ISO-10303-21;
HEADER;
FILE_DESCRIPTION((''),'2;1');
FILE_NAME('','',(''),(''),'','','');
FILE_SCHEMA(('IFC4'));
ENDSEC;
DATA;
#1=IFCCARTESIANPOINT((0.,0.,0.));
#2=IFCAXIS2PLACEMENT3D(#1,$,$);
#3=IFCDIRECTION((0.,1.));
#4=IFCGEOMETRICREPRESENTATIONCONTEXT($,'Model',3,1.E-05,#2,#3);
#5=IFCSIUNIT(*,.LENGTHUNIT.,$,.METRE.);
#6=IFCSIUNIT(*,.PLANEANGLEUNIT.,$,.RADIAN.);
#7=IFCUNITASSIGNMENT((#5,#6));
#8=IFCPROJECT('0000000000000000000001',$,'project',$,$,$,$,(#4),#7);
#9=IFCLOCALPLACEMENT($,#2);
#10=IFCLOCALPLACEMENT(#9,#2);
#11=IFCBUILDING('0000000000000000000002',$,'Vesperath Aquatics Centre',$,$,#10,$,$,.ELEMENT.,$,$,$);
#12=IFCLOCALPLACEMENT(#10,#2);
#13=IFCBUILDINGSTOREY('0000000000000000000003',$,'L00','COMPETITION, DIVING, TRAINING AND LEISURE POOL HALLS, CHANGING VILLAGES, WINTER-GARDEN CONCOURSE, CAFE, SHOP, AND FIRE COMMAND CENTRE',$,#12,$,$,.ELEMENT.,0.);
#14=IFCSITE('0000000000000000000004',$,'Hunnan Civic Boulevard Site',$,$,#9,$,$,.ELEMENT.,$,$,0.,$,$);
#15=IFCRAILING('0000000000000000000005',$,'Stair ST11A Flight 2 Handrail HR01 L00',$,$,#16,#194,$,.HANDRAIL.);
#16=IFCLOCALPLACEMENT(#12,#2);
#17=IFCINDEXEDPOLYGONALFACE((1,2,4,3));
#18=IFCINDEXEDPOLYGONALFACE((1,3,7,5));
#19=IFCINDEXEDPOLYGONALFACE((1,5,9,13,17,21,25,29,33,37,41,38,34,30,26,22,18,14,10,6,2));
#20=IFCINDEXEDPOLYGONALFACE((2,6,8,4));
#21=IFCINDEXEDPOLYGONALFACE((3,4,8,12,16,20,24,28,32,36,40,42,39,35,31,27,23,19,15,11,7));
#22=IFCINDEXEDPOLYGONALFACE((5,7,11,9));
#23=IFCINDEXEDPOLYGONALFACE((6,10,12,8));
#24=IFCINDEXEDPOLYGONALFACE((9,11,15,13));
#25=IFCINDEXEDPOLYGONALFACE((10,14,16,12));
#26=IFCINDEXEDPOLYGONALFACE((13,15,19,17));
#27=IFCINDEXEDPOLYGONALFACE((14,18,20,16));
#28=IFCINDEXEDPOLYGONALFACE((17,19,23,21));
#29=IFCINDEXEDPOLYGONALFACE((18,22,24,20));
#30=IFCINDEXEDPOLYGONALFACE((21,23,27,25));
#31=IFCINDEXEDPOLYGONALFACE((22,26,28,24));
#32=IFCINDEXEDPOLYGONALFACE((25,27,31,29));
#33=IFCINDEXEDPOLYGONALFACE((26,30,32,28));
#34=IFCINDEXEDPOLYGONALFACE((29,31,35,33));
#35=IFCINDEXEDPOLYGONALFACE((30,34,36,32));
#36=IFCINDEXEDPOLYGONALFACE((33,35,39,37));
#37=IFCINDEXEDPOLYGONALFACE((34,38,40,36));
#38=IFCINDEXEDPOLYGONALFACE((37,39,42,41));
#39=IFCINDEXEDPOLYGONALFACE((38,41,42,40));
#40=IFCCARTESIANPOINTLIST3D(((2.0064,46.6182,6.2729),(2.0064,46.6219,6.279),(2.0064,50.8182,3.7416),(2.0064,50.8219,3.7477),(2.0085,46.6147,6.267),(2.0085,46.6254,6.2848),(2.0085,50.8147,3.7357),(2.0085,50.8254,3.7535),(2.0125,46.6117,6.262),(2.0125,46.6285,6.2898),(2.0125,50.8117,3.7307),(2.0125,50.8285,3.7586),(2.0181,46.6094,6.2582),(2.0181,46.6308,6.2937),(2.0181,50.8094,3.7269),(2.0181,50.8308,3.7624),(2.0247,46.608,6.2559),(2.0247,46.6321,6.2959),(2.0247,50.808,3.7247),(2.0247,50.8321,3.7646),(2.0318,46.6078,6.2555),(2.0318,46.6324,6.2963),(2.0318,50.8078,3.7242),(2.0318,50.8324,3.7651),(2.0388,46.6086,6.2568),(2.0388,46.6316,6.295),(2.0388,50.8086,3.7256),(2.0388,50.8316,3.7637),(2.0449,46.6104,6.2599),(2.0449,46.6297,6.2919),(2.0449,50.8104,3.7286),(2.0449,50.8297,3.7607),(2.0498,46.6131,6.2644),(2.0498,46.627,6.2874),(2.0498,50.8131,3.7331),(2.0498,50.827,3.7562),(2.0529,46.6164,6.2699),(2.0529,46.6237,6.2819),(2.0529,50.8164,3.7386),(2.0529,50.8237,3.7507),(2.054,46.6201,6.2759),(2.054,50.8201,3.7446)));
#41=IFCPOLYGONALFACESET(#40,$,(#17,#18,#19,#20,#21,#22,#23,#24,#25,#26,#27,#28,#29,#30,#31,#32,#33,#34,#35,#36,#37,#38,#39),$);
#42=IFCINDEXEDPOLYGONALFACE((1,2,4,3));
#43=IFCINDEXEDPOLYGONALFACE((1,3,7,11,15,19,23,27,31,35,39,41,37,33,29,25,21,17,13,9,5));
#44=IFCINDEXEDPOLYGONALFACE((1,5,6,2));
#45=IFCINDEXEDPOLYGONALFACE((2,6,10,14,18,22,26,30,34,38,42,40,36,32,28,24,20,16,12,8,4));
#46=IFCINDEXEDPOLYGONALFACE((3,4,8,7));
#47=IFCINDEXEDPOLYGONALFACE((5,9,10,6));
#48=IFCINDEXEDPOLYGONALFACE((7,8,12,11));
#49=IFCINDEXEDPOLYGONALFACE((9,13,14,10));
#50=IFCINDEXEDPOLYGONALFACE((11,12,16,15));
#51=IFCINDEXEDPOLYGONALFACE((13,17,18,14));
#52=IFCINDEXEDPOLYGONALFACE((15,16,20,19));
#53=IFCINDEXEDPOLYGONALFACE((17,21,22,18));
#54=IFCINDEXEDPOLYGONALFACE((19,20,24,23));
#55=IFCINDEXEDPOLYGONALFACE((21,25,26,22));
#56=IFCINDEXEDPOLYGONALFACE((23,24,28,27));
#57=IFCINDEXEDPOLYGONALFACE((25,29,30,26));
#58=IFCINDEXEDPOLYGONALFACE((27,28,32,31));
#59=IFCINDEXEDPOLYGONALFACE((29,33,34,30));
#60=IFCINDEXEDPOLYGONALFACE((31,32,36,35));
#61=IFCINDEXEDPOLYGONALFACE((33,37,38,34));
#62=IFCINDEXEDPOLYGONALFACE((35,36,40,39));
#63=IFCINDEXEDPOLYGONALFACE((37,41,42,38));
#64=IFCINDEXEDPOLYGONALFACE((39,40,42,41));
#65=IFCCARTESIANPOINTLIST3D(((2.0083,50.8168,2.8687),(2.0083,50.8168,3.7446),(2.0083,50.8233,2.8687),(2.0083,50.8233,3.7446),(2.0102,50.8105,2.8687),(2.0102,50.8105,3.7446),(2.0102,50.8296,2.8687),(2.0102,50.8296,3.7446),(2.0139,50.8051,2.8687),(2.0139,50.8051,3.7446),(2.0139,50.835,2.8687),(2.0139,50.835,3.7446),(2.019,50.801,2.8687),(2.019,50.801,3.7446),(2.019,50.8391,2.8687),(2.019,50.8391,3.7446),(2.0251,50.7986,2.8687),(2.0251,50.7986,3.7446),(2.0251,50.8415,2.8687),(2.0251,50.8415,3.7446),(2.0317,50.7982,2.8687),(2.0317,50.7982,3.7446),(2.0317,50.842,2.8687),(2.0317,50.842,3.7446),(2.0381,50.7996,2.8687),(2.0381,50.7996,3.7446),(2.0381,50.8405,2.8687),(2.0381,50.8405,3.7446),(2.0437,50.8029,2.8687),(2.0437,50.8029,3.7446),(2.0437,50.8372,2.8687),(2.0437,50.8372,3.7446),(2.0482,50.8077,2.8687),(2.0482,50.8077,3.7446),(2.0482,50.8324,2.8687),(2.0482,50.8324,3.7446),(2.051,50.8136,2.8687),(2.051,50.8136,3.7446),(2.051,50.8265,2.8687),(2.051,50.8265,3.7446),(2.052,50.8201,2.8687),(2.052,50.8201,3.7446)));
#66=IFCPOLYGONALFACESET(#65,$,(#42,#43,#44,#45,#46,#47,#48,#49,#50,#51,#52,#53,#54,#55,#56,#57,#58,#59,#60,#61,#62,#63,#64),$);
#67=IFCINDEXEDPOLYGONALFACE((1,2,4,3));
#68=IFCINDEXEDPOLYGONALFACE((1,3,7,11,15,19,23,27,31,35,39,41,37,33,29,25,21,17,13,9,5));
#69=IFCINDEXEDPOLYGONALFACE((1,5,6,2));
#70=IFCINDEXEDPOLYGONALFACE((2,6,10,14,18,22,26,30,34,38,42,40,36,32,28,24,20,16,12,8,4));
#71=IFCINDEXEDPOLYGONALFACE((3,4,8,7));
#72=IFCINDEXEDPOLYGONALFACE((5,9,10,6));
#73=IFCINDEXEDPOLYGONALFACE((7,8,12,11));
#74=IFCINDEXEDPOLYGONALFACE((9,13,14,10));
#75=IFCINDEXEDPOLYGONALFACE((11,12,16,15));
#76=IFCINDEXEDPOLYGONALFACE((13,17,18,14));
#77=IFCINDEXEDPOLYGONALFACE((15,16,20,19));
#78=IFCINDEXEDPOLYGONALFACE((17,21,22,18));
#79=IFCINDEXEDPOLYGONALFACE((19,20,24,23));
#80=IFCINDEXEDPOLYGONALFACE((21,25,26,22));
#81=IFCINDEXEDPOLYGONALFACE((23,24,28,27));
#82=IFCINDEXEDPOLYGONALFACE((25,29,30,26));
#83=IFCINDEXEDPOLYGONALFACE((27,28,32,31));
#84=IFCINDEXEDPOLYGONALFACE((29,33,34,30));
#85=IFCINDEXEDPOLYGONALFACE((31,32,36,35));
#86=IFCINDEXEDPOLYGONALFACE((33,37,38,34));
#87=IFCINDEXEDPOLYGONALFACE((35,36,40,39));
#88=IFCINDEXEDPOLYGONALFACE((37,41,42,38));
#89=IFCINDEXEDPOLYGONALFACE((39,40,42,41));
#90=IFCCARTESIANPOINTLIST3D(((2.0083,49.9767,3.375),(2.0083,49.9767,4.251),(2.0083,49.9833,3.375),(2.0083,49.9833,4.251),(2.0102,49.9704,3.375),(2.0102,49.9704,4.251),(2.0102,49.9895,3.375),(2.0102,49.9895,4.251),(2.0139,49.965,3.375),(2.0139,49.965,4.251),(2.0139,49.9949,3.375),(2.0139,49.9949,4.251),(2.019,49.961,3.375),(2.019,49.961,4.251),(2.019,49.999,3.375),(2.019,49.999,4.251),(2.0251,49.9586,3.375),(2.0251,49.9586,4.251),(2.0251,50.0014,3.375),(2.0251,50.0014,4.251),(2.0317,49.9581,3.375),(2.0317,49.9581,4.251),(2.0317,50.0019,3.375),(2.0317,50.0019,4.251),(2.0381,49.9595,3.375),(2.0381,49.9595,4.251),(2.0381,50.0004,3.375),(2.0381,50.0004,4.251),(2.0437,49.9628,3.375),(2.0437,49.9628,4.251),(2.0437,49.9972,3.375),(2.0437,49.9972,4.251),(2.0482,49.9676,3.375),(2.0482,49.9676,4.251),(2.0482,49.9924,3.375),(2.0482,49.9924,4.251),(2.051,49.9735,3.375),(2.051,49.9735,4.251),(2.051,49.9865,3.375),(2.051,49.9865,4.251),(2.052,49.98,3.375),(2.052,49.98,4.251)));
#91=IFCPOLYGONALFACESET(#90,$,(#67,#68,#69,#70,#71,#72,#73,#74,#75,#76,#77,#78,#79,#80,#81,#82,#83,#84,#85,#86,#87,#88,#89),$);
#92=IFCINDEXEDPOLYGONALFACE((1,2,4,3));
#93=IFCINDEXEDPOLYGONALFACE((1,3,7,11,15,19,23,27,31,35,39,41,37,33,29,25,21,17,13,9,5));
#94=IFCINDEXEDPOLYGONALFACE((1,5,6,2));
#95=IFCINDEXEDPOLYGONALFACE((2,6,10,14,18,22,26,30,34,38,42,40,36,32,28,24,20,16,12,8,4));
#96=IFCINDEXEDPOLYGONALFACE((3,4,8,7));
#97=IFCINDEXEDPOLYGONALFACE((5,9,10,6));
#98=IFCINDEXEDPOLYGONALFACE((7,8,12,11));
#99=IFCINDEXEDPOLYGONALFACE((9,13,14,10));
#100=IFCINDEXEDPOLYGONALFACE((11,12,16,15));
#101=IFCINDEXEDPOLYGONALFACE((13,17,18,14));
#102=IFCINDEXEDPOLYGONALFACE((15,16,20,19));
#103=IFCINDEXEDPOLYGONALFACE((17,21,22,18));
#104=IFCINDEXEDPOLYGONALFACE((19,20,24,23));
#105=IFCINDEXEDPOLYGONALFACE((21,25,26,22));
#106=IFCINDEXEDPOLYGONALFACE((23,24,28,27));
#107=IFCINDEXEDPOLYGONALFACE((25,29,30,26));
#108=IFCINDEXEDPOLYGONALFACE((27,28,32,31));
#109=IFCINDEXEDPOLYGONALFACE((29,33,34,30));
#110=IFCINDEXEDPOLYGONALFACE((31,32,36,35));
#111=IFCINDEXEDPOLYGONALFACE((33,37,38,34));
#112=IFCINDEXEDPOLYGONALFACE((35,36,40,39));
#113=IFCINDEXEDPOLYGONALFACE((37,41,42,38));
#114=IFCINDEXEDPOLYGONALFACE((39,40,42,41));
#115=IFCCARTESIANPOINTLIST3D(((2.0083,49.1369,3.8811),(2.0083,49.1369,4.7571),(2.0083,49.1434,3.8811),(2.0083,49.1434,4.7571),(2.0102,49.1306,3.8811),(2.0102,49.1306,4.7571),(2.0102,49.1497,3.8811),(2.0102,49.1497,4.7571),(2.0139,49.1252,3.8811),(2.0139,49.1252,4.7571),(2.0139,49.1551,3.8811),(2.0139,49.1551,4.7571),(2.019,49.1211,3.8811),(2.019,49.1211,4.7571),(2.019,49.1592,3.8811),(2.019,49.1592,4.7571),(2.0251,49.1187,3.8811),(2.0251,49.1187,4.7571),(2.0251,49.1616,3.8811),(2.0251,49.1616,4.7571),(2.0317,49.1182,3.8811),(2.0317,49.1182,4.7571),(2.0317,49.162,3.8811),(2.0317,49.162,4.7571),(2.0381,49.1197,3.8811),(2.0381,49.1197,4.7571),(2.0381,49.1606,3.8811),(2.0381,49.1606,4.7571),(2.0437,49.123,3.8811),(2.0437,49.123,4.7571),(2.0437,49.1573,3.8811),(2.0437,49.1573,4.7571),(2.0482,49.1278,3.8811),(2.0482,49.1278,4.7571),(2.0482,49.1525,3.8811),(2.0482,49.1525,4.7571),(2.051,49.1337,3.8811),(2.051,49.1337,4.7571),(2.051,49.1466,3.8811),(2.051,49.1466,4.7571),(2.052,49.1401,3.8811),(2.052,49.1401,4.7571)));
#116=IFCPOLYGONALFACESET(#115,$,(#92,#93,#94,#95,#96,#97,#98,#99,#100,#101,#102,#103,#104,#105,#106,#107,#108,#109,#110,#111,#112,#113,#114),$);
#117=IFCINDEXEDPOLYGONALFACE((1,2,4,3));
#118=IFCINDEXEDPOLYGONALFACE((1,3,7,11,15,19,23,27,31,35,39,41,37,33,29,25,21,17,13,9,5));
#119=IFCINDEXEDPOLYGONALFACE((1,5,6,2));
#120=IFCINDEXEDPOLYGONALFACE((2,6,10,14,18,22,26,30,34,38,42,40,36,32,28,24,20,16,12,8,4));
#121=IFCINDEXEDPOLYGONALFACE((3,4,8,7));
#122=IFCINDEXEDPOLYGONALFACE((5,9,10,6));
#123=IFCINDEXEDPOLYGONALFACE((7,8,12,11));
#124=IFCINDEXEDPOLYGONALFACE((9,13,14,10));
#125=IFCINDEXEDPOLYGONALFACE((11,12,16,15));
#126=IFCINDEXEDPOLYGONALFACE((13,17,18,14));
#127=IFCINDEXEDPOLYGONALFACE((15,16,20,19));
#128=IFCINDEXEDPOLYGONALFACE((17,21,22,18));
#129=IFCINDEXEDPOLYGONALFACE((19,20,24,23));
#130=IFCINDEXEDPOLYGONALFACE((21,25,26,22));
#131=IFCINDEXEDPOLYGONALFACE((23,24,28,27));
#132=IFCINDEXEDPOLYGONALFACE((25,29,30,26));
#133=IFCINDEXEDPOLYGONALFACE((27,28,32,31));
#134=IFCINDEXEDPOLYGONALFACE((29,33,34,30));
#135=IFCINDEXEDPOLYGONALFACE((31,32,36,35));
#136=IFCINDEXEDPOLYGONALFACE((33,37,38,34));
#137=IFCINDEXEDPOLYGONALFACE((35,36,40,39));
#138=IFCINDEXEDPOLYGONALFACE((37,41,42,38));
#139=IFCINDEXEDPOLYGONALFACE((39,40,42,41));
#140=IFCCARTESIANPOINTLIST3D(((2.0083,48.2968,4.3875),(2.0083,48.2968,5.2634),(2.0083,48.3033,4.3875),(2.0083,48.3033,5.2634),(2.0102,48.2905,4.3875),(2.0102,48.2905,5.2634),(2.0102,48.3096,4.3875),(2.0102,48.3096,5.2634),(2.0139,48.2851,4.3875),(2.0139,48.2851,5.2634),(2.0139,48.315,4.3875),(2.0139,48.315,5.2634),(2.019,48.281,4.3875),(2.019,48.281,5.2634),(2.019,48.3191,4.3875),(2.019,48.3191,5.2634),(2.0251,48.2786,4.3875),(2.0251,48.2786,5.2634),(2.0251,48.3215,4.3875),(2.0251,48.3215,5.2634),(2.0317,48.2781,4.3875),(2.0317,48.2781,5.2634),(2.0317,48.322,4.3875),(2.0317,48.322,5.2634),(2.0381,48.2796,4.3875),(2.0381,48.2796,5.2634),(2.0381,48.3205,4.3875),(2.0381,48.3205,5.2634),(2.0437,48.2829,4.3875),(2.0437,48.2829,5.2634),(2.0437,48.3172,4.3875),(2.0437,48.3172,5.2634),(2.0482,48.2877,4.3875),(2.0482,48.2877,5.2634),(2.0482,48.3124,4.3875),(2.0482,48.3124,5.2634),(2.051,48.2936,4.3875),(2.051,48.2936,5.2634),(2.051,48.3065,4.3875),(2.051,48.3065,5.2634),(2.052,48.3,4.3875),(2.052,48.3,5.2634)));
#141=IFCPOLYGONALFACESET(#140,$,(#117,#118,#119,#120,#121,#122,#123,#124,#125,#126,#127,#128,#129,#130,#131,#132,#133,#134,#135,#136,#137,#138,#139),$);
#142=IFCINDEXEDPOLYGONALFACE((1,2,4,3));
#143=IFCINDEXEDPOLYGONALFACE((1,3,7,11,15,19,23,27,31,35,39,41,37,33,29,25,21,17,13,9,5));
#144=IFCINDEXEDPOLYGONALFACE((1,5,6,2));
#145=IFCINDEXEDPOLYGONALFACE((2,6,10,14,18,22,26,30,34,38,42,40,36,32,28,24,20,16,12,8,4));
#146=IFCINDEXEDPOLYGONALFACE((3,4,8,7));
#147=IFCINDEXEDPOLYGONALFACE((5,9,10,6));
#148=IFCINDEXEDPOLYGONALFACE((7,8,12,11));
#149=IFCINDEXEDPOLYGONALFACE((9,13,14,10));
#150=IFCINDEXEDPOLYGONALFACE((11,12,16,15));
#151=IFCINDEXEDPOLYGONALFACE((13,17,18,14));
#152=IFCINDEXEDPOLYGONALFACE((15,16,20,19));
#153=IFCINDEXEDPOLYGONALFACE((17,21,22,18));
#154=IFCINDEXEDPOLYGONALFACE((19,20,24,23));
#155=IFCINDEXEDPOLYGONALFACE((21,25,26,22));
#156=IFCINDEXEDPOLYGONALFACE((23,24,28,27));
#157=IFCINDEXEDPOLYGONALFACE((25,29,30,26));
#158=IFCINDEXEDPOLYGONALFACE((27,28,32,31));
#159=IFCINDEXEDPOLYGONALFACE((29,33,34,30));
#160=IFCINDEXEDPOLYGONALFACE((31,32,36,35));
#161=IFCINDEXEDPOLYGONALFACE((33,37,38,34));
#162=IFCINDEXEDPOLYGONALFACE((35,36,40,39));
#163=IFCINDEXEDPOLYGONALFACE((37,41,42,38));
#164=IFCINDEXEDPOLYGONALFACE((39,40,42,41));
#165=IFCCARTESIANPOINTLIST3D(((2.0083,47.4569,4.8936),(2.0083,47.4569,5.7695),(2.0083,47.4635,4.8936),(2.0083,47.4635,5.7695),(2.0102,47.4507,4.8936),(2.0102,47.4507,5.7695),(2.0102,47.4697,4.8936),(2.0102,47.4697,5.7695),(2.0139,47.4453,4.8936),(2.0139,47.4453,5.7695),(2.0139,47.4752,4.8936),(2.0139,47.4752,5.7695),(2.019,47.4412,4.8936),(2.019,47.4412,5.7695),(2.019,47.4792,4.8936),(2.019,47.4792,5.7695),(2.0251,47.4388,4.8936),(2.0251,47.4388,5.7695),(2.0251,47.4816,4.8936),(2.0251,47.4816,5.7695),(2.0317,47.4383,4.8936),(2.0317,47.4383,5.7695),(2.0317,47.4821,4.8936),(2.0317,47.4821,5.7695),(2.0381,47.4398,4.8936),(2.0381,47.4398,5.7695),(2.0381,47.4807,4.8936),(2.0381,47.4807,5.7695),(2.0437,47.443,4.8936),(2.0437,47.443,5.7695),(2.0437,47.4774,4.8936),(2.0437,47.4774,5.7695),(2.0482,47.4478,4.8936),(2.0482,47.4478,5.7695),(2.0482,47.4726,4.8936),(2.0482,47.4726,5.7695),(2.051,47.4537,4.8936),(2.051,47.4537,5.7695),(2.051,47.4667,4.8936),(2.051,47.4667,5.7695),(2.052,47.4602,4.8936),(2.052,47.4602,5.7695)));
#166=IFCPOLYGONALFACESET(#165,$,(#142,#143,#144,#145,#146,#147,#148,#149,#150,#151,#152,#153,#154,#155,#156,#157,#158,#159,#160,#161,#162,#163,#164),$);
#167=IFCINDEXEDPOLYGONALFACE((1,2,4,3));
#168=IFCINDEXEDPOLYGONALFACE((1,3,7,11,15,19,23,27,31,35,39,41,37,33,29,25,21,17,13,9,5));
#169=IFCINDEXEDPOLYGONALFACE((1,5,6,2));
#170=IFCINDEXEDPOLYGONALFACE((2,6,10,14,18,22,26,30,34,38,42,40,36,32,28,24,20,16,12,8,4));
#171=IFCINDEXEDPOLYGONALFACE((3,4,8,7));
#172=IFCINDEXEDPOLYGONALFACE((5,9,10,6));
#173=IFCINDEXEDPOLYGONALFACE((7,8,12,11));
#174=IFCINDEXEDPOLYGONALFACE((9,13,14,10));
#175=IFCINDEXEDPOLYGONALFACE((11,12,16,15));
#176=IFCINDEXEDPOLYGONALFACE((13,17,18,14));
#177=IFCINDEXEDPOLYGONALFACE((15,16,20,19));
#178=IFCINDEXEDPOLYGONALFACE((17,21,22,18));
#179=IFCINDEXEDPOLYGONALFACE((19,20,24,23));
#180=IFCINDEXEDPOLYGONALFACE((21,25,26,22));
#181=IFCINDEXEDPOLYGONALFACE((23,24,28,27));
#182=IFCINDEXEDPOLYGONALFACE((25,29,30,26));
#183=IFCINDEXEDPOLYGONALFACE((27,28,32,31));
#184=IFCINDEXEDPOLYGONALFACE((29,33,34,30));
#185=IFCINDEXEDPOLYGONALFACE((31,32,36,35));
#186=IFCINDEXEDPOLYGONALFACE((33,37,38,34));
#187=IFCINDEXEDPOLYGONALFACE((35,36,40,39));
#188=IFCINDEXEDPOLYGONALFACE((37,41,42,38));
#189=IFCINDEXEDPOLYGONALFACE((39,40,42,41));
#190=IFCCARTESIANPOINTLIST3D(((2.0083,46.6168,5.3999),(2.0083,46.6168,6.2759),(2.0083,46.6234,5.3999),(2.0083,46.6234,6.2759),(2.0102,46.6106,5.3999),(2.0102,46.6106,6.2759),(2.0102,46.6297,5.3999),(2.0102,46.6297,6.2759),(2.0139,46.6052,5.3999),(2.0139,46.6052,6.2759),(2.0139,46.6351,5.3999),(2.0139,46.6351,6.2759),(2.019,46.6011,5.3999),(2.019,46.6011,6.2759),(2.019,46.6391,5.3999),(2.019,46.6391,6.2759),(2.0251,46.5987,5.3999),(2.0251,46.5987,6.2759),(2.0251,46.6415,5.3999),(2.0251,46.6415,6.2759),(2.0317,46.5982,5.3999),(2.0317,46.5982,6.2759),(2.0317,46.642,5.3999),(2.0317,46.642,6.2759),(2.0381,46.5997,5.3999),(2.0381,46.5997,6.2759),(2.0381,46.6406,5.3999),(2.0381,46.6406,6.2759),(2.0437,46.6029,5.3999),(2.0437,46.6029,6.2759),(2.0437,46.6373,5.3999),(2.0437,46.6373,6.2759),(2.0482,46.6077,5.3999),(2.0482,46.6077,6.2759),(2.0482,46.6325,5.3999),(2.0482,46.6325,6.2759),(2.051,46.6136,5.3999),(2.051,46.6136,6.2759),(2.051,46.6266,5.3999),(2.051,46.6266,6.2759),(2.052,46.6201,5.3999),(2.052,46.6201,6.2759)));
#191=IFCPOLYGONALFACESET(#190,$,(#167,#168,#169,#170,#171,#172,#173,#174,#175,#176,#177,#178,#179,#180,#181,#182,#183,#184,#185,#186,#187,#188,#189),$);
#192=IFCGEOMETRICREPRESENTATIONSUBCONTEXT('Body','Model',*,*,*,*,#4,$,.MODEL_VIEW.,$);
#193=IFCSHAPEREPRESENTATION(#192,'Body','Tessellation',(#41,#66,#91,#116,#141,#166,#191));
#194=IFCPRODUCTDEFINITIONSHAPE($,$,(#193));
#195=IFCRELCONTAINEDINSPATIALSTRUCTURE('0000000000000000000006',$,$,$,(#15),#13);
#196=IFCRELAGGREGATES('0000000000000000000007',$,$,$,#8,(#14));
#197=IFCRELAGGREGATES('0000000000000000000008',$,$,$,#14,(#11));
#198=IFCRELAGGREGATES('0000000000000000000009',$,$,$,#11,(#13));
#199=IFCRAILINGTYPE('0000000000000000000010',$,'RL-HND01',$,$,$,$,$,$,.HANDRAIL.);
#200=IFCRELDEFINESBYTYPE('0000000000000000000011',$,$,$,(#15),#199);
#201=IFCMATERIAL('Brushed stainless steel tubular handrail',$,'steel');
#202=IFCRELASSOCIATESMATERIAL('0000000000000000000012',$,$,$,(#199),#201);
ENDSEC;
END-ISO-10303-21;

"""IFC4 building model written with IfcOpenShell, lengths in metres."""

from ifc_helpers import new_model, si_unit, direction, frame, origin, origin_2d, place, context, subcontext, project, spatial, circle, extrude, material, type_object, element, save


model = new_model("IFC4")

# Units and contexts
model_context = context("Model", 3, precision=1e-05, world=origin(), true_north=direction((0.0, 1.0)))
body_context = subcontext(model_context, "Body", "Model", "MODEL_VIEW")
ifc_project = project(units=[si_unit("LENGTHUNIT", "METRE"), si_unit("PLANEANGLEUNIT", "RADIAN")], contexts=[model_context])

# Site, building, storey
site_placement = place(None, origin())
site = spatial("IfcSite", under=ifc_project, at=site_placement, Name="Hunnan Civic Boulevard Site", CompositionType="ELEMENT", RefElevation=0.0)
building_placement = place(site_placement, origin())
building = spatial("IfcBuilding", under=site, at=building_placement, Name="Vesperath Aquatics Centre", CompositionType="ELEMENT")
storey_placement = place(building_placement, origin())
storey = spatial("IfcBuildingStorey", under=building, at=storey_placement, Name="L00", Description="COMPETITION, DIVING, TRAINING AND LEISURE POOL HALLS, CHANGING VILLAGES, WINTER-GARDEN CONCOURSE, CAFE, SHOP, AND FIRE COMMAND CENTRE", CompositionType="ELEMENT", Elevation=0.0)

# Railing
ifc_material_1 = material(Name="Brushed stainless steel tubular handrail", Category="steel")
railing_type_1 = type_object("IfcRailingType", Name="RL-HND01", PredefinedType="HANDRAIL", material=ifc_material_1)
railing_1_placement = place(storey_placement, frame((2.03, 50.8201, 2.8687)))
element("IfcRailing", 1, at=railing_1_placement, inside=storey, type_object=railing_type_1, Name="Stair ST11A Flight 2 Handrail HR01 L00", PredefinedType="HANDRAIL", context=body_context, shape_type="SweptSolid", body=[
    extrude(circle(Radius=0.0239, at=origin_2d()), frame((0.0, 0.0, 0.876), z_axis=(0.0, -0.856476, 0.516186), x_axis=(1.0, 0.0, 0.0)), (0.0, 0.0, 1.0), 4.9038),
    extrude(circle(Radius=0.022, at=origin_2d()), origin(), (0.0, 0.0, 1.0), 0.876),
    extrude(circle(Radius=0.022, at=origin_2d()), frame((0.0, -0.8401, 0.5063)), (0.0, 0.0, 1.0), 0.876),
    extrude(circle(Radius=0.022, at=origin_2d()), frame((0.0, -1.6799, 1.0125)), (0.0, 0.0, 1.0), 0.876),
    extrude(circle(Radius=0.022, at=origin_2d()), frame((0.0, -2.52, 1.5188)), (0.0, 0.0, 1.0), 0.876),
    extrude(circle(Radius=0.022, at=origin_2d()), frame((0.0, -3.3599, 2.0249)), (0.0, 0.0, 1.0), 0.876),
    extrude(circle(Radius=0.022, at=origin_2d()), frame((0.0, -4.2, 2.5312)), (0.0, 0.0, 1.0), 0.876),
])

save(model, "model.ifc")
